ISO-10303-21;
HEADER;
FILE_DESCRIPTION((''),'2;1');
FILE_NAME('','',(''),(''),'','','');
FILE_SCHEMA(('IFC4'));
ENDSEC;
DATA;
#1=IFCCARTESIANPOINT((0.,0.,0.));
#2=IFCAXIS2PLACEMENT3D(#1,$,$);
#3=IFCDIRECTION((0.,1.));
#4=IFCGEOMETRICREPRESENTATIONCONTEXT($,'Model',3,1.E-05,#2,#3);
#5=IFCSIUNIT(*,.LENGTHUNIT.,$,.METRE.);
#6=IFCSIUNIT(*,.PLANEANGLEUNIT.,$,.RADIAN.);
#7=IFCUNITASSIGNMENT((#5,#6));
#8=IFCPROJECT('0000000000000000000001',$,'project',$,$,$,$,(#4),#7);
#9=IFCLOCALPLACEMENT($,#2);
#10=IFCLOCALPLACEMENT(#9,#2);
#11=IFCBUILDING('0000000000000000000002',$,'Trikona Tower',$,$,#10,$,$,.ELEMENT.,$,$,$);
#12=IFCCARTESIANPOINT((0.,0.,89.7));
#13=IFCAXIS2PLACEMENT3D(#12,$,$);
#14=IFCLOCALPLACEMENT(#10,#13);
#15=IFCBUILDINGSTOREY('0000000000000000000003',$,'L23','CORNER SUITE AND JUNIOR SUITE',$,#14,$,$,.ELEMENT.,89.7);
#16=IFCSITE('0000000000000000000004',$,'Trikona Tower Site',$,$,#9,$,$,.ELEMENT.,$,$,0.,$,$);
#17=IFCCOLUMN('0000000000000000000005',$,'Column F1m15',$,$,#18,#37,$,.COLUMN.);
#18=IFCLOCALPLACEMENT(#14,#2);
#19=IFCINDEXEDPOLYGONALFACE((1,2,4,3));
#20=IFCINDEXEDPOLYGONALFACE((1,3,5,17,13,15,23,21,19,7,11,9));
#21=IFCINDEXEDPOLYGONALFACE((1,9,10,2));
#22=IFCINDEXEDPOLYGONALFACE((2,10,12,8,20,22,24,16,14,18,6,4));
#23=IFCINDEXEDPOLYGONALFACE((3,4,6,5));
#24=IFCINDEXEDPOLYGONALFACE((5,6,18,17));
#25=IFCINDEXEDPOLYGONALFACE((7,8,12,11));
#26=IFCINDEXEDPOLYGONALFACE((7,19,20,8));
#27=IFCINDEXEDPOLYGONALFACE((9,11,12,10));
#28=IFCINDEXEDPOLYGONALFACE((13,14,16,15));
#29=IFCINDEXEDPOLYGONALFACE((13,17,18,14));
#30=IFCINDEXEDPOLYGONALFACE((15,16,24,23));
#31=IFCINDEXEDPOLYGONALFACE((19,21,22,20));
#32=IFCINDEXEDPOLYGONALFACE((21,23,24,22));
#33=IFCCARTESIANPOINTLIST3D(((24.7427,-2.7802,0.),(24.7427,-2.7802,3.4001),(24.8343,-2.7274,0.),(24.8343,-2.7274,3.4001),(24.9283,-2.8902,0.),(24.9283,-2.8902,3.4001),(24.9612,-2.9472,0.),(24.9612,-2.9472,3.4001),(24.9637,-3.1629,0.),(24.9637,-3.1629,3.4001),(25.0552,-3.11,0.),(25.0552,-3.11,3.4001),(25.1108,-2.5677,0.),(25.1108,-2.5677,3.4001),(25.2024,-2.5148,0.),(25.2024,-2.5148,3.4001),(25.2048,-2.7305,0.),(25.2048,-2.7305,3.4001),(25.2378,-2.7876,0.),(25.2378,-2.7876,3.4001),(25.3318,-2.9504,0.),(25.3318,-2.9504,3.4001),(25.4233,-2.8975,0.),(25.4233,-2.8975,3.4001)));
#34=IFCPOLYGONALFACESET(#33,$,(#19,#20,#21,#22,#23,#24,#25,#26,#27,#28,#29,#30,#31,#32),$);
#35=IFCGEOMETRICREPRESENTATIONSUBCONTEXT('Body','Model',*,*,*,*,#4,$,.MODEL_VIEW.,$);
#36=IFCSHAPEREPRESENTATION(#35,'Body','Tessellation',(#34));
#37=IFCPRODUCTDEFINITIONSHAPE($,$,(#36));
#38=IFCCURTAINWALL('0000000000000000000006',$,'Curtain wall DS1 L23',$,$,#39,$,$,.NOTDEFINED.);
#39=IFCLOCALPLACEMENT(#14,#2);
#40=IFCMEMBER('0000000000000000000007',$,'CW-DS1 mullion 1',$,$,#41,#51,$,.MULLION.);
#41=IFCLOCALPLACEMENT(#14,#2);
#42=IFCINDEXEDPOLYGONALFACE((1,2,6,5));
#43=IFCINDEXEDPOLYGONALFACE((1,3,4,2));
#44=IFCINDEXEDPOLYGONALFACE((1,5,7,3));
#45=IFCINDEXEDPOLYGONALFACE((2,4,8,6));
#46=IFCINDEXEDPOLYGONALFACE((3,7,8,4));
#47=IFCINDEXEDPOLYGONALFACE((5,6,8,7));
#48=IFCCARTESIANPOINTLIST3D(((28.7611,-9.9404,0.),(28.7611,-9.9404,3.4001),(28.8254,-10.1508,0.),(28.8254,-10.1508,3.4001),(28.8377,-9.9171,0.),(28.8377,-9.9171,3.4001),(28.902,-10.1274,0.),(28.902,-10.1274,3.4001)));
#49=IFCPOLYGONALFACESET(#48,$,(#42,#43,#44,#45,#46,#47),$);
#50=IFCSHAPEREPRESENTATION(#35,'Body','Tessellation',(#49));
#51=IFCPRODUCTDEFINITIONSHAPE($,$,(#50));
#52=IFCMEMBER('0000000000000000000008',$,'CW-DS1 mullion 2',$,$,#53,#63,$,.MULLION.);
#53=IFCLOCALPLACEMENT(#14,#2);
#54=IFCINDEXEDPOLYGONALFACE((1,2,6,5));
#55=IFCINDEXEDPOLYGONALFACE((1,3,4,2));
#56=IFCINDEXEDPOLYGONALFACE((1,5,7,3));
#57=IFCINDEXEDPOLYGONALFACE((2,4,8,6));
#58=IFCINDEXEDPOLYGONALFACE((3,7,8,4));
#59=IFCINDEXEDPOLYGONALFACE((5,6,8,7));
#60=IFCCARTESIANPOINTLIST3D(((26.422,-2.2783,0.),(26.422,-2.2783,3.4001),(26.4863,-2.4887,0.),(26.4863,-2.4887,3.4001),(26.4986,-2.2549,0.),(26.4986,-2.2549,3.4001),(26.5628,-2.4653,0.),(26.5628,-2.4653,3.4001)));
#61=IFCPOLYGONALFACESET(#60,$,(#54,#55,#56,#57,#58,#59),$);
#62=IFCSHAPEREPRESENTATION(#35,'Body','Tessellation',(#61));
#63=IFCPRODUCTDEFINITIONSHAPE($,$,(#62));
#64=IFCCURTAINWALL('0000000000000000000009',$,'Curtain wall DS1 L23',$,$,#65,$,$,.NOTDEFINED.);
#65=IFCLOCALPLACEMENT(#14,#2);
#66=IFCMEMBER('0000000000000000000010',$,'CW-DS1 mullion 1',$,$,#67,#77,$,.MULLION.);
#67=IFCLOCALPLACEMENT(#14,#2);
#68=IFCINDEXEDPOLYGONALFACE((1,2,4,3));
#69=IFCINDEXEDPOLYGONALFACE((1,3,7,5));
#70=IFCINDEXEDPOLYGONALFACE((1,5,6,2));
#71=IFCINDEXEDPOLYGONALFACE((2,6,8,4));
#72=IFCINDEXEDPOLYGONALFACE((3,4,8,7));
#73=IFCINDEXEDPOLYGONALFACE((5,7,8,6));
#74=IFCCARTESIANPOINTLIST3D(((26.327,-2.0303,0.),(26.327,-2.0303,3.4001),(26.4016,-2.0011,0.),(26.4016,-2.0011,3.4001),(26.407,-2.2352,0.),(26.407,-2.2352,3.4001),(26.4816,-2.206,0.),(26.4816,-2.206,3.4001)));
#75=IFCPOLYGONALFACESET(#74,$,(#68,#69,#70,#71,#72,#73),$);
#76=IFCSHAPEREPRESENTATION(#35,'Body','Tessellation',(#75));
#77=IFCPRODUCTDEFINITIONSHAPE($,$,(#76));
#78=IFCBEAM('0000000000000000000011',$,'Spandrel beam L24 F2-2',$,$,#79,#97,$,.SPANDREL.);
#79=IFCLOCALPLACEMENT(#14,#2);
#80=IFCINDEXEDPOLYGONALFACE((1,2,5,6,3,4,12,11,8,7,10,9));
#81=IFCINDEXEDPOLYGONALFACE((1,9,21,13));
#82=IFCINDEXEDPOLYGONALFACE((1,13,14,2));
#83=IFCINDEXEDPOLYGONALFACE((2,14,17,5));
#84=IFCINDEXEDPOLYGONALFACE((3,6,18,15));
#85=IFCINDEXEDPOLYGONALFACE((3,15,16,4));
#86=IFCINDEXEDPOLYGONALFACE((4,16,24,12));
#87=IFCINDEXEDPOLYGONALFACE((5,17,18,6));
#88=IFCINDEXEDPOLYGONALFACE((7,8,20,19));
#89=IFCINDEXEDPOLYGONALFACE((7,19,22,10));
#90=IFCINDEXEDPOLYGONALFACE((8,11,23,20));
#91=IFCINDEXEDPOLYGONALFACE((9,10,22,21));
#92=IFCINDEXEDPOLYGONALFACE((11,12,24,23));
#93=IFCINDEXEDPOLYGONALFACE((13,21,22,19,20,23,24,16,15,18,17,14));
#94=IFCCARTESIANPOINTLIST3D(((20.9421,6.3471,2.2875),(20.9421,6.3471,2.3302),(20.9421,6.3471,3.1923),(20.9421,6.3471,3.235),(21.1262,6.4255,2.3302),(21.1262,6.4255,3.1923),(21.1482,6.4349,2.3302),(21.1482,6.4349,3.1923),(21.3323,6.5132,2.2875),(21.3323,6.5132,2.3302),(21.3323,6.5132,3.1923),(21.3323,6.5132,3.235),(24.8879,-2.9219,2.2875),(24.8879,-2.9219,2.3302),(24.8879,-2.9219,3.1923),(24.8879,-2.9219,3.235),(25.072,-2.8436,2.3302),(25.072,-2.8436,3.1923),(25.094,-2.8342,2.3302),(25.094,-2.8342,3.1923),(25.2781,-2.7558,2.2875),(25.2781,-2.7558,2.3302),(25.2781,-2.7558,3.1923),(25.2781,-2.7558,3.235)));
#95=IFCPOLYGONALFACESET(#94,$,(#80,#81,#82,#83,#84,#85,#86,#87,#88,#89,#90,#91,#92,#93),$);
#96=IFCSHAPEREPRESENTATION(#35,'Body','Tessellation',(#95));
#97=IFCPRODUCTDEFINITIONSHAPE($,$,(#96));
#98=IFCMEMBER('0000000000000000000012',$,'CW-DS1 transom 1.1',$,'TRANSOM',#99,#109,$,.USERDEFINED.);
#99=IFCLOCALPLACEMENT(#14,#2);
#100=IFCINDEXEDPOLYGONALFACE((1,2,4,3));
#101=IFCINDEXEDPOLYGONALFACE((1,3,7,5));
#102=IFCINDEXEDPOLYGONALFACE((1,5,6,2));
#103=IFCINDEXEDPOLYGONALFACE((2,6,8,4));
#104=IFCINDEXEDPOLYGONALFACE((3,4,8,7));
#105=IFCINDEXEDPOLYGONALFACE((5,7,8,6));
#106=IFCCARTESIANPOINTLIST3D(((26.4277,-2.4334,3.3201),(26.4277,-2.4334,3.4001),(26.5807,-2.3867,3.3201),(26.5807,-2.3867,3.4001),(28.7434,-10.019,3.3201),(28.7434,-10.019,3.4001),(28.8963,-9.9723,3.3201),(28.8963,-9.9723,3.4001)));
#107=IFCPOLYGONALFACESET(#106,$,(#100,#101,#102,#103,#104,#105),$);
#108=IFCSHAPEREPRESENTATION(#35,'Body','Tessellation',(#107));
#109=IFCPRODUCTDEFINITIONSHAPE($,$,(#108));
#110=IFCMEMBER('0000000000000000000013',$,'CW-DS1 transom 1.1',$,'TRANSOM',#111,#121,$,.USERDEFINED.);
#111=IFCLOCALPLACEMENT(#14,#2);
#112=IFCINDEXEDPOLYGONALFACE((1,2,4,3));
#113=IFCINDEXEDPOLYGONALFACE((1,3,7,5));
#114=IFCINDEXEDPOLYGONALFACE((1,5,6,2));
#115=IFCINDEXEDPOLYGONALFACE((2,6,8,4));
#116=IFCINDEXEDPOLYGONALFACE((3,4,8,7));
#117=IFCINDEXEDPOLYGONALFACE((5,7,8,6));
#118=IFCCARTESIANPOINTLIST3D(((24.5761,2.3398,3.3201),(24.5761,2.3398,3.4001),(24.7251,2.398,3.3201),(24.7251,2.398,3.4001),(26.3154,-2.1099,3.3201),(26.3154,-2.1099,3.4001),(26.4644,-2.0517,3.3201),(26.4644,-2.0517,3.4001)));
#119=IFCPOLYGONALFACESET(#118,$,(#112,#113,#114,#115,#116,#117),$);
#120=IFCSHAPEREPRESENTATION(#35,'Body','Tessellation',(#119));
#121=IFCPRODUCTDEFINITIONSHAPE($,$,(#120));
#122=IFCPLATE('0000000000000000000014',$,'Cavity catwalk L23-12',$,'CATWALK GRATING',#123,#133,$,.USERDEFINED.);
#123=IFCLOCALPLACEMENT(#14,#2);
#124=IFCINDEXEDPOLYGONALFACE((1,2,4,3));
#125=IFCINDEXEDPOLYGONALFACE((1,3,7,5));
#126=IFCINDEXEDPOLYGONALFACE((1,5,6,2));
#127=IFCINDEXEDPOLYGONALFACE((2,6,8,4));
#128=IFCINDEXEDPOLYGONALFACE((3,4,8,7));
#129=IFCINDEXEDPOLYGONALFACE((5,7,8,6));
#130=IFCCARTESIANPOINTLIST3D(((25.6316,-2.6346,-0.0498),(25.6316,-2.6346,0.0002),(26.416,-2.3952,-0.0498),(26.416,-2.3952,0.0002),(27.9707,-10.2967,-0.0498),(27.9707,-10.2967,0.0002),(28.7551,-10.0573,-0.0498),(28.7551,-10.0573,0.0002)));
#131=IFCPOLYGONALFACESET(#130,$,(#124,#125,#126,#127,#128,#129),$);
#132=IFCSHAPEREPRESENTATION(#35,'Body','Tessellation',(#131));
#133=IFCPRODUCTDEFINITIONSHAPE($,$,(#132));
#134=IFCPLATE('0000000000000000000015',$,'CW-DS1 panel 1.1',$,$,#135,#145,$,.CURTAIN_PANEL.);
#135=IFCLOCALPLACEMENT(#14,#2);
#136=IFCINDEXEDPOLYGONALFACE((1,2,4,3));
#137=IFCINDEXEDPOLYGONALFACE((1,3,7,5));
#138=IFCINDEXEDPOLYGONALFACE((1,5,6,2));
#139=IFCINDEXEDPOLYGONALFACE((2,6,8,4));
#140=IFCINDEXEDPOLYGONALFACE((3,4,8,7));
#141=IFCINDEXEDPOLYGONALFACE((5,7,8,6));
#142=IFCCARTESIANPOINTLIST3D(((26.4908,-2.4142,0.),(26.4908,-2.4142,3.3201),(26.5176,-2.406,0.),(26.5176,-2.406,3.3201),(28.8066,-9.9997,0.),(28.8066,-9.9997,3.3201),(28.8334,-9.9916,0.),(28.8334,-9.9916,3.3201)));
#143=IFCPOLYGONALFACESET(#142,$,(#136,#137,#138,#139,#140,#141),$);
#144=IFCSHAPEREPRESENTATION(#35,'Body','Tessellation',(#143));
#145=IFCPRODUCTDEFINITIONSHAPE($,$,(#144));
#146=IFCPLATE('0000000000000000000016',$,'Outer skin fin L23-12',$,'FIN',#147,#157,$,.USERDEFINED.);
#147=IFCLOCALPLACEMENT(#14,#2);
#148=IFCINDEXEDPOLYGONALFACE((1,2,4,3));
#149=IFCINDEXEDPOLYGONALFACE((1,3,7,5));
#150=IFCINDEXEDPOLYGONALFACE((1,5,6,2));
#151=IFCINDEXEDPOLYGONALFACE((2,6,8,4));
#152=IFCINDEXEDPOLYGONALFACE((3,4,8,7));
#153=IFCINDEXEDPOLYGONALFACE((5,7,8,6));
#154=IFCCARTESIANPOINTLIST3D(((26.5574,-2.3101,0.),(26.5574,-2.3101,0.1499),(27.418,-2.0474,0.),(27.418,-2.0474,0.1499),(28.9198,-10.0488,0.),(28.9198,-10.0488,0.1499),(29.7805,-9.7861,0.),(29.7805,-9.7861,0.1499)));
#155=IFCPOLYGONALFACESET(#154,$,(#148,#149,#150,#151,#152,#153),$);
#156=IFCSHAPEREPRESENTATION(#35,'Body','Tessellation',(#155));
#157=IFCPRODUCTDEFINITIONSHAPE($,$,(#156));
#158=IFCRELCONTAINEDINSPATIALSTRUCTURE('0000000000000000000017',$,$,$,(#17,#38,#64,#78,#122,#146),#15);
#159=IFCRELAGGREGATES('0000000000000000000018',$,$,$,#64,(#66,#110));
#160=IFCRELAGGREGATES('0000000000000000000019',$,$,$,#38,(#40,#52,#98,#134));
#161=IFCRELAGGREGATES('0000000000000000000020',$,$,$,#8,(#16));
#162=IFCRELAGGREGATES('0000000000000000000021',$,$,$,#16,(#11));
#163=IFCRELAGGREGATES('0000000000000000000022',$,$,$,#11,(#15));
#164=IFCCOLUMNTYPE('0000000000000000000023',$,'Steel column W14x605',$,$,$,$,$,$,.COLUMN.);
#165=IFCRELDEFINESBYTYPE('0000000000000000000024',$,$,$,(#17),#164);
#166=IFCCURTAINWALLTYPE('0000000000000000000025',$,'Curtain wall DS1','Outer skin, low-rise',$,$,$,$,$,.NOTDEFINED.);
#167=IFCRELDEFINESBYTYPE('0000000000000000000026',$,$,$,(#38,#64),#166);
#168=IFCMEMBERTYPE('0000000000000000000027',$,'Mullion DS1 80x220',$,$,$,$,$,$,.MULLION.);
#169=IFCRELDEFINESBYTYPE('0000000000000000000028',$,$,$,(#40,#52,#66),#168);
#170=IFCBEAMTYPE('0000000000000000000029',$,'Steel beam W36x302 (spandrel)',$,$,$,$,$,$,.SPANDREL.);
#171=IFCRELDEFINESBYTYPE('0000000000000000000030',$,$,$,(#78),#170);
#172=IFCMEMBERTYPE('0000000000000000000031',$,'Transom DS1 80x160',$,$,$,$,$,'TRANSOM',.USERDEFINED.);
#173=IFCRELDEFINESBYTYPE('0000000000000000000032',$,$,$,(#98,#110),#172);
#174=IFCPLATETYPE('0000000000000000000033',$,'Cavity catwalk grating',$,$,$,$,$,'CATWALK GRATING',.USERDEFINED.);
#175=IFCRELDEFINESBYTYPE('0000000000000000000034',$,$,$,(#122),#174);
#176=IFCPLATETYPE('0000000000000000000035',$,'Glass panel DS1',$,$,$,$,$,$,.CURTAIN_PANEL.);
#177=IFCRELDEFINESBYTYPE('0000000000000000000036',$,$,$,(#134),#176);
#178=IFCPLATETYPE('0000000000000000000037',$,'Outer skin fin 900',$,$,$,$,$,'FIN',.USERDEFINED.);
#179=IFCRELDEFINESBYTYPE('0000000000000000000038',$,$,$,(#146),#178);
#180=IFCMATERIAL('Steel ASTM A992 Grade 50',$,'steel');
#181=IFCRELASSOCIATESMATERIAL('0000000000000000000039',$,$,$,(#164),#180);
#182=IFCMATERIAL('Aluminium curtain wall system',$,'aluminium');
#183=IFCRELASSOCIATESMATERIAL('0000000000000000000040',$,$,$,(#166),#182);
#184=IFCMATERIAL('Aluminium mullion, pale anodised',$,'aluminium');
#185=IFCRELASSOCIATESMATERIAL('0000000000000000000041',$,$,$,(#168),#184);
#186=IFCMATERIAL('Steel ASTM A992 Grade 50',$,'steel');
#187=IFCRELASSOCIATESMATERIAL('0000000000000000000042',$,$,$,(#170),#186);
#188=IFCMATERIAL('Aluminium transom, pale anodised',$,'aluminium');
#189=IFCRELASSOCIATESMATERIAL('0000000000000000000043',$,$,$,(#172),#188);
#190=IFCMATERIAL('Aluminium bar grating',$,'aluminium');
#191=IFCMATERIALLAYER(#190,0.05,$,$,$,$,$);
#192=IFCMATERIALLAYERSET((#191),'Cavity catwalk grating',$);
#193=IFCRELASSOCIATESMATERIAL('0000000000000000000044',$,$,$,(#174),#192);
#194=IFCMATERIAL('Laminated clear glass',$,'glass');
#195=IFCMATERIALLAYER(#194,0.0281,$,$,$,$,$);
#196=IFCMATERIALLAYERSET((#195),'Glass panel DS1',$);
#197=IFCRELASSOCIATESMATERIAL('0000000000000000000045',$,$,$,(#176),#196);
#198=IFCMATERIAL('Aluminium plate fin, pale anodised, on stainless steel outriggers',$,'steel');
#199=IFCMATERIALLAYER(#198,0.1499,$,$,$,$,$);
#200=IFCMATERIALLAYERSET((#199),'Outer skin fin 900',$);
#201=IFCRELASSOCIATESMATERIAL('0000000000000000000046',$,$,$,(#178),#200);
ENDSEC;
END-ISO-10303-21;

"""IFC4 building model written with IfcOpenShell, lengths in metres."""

from ifc_helpers import new_model, si_unit, direction, frame, origin, origin_2d, place, context, subcontext, project, spatial, rectangle, i_section, extrude, material, layer, layer_set, material_profile, profile_set, type_object, element, aggregate, save


model = new_model("IFC4")

# Units and contexts
model_context = context("Model", 3, precision=1e-05, world=origin(), true_north=direction((0.0, 1.0)))
body_context = subcontext(model_context, "Body", "Model", "MODEL_VIEW")
ifc_project = project(units=[si_unit("LENGTHUNIT", "METRE"), si_unit("PLANEANGLEUNIT", "RADIAN")], contexts=[model_context])

# Site, building, storey
site_placement = place(None, origin())
site = spatial("IfcSite", under=ifc_project, at=site_placement, Name="Trikona Tower Site", CompositionType="ELEMENT", RefElevation=0.0)
building_placement = place(site_placement, origin())
building = spatial("IfcBuilding", under=site, at=building_placement, Name="Trikona Tower", CompositionType="ELEMENT")
storey_placement = place(building_placement, frame((0.0, 0.0, 89.7)))
storey = spatial("IfcBuildingStorey", under=building, at=storey_placement, Name="L23", Description="CORNER SUITE AND JUNIOR SUITE", CompositionType="ELEMENT", Elevation=89.7)

# Column
ifc_material_1 = material(Name="Steel ASTM A992 Grade 50", Category="steel")
ifc_material_profile_1 = material_profile(ifc_material_1, i_section(OverallWidth=0.4419, OverallDepth=0.5308, WebThickness=0.0659, FlangeThickness=0.1057, at=origin_2d()), Name="W14X605")
ifc_profile_set_1 = profile_set([ifc_material_profile_1], Name="Steel ASTM A992 Grade 50")
column_type = type_object("IfcColumnType", Name="Steel column W14x605", PredefinedType="COLUMN", material=ifc_profile_set_1)
column_placement = place(storey_placement, frame((25.083, -2.8389, 0.0), z_axis=(0.0, 0.0, 1.0), x_axis=(-0.5, 0.866025, 0.0)))
element("IfcColumn", 1, at=column_placement, inside=storey, type_object=column_type, Name="Column F1m15", PredefinedType="COLUMN", context=body_context, shape_type="SweptSolid", body=[
    extrude(i_section(OverallWidth=0.4419, OverallDepth=0.5308, WebThickness=0.0659, FlangeThickness=0.1057, at=origin_2d()), origin(), (0.0, 0.0, 1.0), 3.4001),
])

# Curtain wall, members
ifc_material_2 = material(Name="Aluminium curtain wall system", Category="aluminium")
curtain_wall_type = type_object("IfcCurtainWallType", Name="Curtain wall DS1", Description="Outer skin, low-rise", PredefinedType="NOTDEFINED", material=ifc_material_2)
curtain_wall_1_placement = place(storey_placement, origin())
curtain_wall_1 = element("IfcCurtainWall", 2, at=curtain_wall_1_placement, inside=storey, type_object=curtain_wall_type, Name="Curtain wall DS1 L23", PredefinedType="NOTDEFINED")
ifc_material_3 = material(Name="Aluminium mullion, pale anodised", Category="aluminium")
ifc_material_profile_2 = material_profile(ifc_material_3, rectangle(XDim=0.0801, YDim=0.22, at=origin_2d()), Name="MUL-DS1")
ifc_profile_set_2 = profile_set([ifc_material_profile_2], Name="Aluminium mullion, pale anodised")
member_type_1 = type_object("IfcMemberType", Name="Mullion DS1 80x220", PredefinedType="MULLION", material=ifc_profile_set_2)
member_1_placement = place(storey_placement, frame((28.8315, -10.0339, 0.0), z_axis=(0.0, 0.0, 1.0), x_axis=(-0.956423, -0.291984, 0.0)))
member_1 = element("IfcMember", 3, at=member_1_placement, type_object=member_type_1, Name="CW-DS1 mullion 1", PredefinedType="MULLION", context=body_context, shape_type="SweptSolid", body=[
    extrude(rectangle(XDim=0.0801, YDim=0.22, at=origin_2d()), origin(), (0.0, 0.0, 1.0), 3.4001),
])
member_2_placement = place(storey_placement, frame((26.4924, -2.3718, 0.0), z_axis=(0.0, 0.0, 1.0), x_axis=(-0.956423, -0.291984, 0.0)))
member_2 = element("IfcMember", 4, at=member_2_placement, type_object=member_type_1, Name="CW-DS1 mullion 2", PredefinedType="MULLION", context=body_context, shape_type="SweptSolid", body=[
    extrude(rectangle(XDim=0.0801, YDim=0.22, at=origin_2d()), origin(), (0.0, 0.0, 1.0), 3.4001),
])

# Curtain wall, member
curtain_wall_2_placement = place(storey_placement, origin())
curtain_wall_2 = element("IfcCurtainWall", 5, at=curtain_wall_2_placement, inside=storey, type_object=curtain_wall_type, Name="Curtain wall DS1 L23", PredefinedType="NOTDEFINED")
member_3_placement = place(storey_placement, frame((26.4043, -2.1182, 0.0), z_axis=(0.0, 0.0, 1.0), x_axis=(-0.931396, -0.364008, 0.0)))
member_3 = element("IfcMember", 6, at=member_3_placement, type_object=member_type_1, Name="CW-DS1 mullion 1", PredefinedType="MULLION", context=body_context, shape_type="SweptSolid", body=[
    extrude(rectangle(XDim=0.0801, YDim=0.22, at=origin_2d()), origin(), (0.0, 0.0, 1.0), 3.4001),
])

# Beam
ifc_material_4 = material(Name="Steel ASTM A992 Grade 50", Category="steel")
ifc_material_profile_3 = material_profile(ifc_material_4, i_section(OverallWidth=0.4241, OverallDepth=0.9475, WebThickness=0.0239, FlangeThickness=0.0427, at=origin_2d()), Name="W36X302")
ifc_profile_set_3 = profile_set([ifc_material_profile_3], Name="Steel ASTM A992 Grade 50")
beam_type = type_object("IfcBeamType", Name="Steel beam W36x302 (spandrel)", PredefinedType="SPANDREL", material=ifc_profile_set_3)
beam_placement = place(storey_placement, frame((25.083, -2.8389, 2.7612), z_axis=(-0.391684, 0.9201, 0.0), x_axis=(-0.9201, -0.391684, 0.0)))
element("IfcBeam", 7, at=beam_placement, inside=storey, type_object=beam_type, Name="Spandrel beam L24 F2-2", PredefinedType="SPANDREL", context=body_context, shape_type="SweptSolid", body=[
    extrude(i_section(OverallWidth=0.4241, OverallDepth=0.9475, WebThickness=0.0239, FlangeThickness=0.0427, at=origin_2d()), origin(), (0.0, 0.0, 1.0), 10.074),
])

# Members
ifc_material_5 = material(Name="Aluminium transom, pale anodised", Category="aluminium")
ifc_material_profile_4 = material_profile(ifc_material_5, rectangle(XDim=0.1599, YDim=0.0801, at=origin_2d()), Name="TRN-DS1")
ifc_profile_set_4 = profile_set([ifc_material_profile_4], Name="Aluminium transom, pale anodised")
member_type_2 = type_object("IfcMemberType", Name="Transom DS1 80x160", ElementType="TRANSOM", PredefinedType="USERDEFINED", material=ifc_profile_set_4)
member_4_placement = place(storey_placement, frame((28.8198, -9.9956, 3.3601), z_axis=(-0.291967, 0.956428, 0.0), x_axis=(-0.956428, -0.291967, 0.0)))
member_4 = element("IfcMember", 8, at=member_4_placement, type_object=member_type_2, Name="CW-DS1 transom 1.1", ObjectType="TRANSOM", PredefinedType="USERDEFINED", context=body_context, shape_type="SweptSolid", body=[
    extrude(rectangle(XDim=0.1599, YDim=0.0801, at=origin_2d()), origin(), (0.0, 0.0, 1.0), 7.9312),
])
member_5_placement = place(storey_placement, frame((26.3899, -2.0808, 3.3601), z_axis=(-0.364049, 0.93138, 0.0), x_axis=(-0.93138, -0.364049, 0.0)))
member_5 = element("IfcMember", 9, at=member_5_placement, type_object=member_type_2, Name="CW-DS1 transom 1.1", ObjectType="TRANSOM", PredefinedType="USERDEFINED", context=body_context, shape_type="SweptSolid", body=[
    extrude(rectangle(XDim=0.1599, YDim=0.0801, at=origin_2d()), origin(), (0.0, 0.0, 1.0), 4.7776),
])
aggregate(curtain_wall_2, [member_3, member_5])

# Plates
ifc_material_6 = material(Name="Aluminium bar grating", Category="aluminium")
ifc_layer_1 = layer(ifc_material_6, 0.05)
ifc_layer_set_1 = layer_set([ifc_layer_1], Name="Cavity catwalk grating")
plate_type_1 = type_object("IfcPlateType", Name="Cavity catwalk grating", ElementType="CATWALK GRATING", PredefinedType="USERDEFINED", material=ifc_layer_set_1)
plate_1_placement = place(storey_placement, frame((27.1934, -6.3459, -0.0498), z_axis=(0.0, 0.0, 1.0), x_axis=(-0.291979, 0.956425, 0.0)))
element("IfcPlate", 10, at=plate_1_placement, inside=storey, type_object=plate_type_1, Name="Cavity catwalk L23-12", ObjectType="CATWALK GRATING", PredefinedType="USERDEFINED", context=body_context, shape_type="SweptSolid", body=[
    extrude(rectangle(XDim=8.0112, YDim=0.8201, at=origin_2d()), origin(), (0.0, 0.0, 1.0), 0.05),
])
ifc_material_7 = material(Name="Laminated clear glass", Category="glass")
ifc_layer_2 = layer(ifc_material_7, 0.0281)
ifc_layer_set_2 = layer_set([ifc_layer_2], Name="Glass panel DS1")
plate_type_2 = type_object("IfcPlateType", Name="Glass panel DS1", PredefinedType="CURTAIN_PANEL", material=ifc_layer_set_2)
plate_2_placement = place(storey_placement, frame((27.6621, -6.2029, 0.0), z_axis=(0.0, 0.0, 1.0), x_axis=(-0.291984, 0.956423, 0.0)))
plate_2 = element("IfcPlate", 11, at=plate_2_placement, type_object=plate_type_2, Name="CW-DS1 panel 1.1", PredefinedType="CURTAIN_PANEL", context=body_context, shape_type="SweptSolid", body=[
    extrude(rectangle(XDim=7.9312, YDim=0.0281, at=origin_2d()), origin(), (0.0, 0.0, 1.0), 3.3201),
])
aggregate(curtain_wall_1, [member_1, member_2, member_4, plate_2])
ifc_material_8 = material(Name="Aluminium plate fin, pale anodised, on stainless steel outriggers", Category="steel")
ifc_layer_3 = layer(ifc_material_8, 0.1499)
ifc_layer_set_3 = layer_set([ifc_layer_3], Name="Outer skin fin 900")
plate_type_3 = type_object("IfcPlateType", Name="Outer skin fin 900", ElementType="FIN", PredefinedType="USERDEFINED", material=ifc_layer_set_3)
plate_3_placement = place(storey_placement, frame((28.1689, -6.0481, 0.0), z_axis=(0.0, 0.0, 1.0), x_axis=(-0.291979, 0.956425, 0.0)))
element("IfcPlate", 12, at=plate_3_placement, inside=storey, type_object=plate_type_3, Name="Outer skin fin L23-12", ObjectType="FIN", PredefinedType="USERDEFINED", context=body_context, shape_type="SweptSolid", body=[
    extrude(rectangle(XDim=8.0913, YDim=0.8999, at=origin_2d()), origin(), (0.0, 0.0, 1.0), 0.1499),
])

save(model, "model.ifc")
